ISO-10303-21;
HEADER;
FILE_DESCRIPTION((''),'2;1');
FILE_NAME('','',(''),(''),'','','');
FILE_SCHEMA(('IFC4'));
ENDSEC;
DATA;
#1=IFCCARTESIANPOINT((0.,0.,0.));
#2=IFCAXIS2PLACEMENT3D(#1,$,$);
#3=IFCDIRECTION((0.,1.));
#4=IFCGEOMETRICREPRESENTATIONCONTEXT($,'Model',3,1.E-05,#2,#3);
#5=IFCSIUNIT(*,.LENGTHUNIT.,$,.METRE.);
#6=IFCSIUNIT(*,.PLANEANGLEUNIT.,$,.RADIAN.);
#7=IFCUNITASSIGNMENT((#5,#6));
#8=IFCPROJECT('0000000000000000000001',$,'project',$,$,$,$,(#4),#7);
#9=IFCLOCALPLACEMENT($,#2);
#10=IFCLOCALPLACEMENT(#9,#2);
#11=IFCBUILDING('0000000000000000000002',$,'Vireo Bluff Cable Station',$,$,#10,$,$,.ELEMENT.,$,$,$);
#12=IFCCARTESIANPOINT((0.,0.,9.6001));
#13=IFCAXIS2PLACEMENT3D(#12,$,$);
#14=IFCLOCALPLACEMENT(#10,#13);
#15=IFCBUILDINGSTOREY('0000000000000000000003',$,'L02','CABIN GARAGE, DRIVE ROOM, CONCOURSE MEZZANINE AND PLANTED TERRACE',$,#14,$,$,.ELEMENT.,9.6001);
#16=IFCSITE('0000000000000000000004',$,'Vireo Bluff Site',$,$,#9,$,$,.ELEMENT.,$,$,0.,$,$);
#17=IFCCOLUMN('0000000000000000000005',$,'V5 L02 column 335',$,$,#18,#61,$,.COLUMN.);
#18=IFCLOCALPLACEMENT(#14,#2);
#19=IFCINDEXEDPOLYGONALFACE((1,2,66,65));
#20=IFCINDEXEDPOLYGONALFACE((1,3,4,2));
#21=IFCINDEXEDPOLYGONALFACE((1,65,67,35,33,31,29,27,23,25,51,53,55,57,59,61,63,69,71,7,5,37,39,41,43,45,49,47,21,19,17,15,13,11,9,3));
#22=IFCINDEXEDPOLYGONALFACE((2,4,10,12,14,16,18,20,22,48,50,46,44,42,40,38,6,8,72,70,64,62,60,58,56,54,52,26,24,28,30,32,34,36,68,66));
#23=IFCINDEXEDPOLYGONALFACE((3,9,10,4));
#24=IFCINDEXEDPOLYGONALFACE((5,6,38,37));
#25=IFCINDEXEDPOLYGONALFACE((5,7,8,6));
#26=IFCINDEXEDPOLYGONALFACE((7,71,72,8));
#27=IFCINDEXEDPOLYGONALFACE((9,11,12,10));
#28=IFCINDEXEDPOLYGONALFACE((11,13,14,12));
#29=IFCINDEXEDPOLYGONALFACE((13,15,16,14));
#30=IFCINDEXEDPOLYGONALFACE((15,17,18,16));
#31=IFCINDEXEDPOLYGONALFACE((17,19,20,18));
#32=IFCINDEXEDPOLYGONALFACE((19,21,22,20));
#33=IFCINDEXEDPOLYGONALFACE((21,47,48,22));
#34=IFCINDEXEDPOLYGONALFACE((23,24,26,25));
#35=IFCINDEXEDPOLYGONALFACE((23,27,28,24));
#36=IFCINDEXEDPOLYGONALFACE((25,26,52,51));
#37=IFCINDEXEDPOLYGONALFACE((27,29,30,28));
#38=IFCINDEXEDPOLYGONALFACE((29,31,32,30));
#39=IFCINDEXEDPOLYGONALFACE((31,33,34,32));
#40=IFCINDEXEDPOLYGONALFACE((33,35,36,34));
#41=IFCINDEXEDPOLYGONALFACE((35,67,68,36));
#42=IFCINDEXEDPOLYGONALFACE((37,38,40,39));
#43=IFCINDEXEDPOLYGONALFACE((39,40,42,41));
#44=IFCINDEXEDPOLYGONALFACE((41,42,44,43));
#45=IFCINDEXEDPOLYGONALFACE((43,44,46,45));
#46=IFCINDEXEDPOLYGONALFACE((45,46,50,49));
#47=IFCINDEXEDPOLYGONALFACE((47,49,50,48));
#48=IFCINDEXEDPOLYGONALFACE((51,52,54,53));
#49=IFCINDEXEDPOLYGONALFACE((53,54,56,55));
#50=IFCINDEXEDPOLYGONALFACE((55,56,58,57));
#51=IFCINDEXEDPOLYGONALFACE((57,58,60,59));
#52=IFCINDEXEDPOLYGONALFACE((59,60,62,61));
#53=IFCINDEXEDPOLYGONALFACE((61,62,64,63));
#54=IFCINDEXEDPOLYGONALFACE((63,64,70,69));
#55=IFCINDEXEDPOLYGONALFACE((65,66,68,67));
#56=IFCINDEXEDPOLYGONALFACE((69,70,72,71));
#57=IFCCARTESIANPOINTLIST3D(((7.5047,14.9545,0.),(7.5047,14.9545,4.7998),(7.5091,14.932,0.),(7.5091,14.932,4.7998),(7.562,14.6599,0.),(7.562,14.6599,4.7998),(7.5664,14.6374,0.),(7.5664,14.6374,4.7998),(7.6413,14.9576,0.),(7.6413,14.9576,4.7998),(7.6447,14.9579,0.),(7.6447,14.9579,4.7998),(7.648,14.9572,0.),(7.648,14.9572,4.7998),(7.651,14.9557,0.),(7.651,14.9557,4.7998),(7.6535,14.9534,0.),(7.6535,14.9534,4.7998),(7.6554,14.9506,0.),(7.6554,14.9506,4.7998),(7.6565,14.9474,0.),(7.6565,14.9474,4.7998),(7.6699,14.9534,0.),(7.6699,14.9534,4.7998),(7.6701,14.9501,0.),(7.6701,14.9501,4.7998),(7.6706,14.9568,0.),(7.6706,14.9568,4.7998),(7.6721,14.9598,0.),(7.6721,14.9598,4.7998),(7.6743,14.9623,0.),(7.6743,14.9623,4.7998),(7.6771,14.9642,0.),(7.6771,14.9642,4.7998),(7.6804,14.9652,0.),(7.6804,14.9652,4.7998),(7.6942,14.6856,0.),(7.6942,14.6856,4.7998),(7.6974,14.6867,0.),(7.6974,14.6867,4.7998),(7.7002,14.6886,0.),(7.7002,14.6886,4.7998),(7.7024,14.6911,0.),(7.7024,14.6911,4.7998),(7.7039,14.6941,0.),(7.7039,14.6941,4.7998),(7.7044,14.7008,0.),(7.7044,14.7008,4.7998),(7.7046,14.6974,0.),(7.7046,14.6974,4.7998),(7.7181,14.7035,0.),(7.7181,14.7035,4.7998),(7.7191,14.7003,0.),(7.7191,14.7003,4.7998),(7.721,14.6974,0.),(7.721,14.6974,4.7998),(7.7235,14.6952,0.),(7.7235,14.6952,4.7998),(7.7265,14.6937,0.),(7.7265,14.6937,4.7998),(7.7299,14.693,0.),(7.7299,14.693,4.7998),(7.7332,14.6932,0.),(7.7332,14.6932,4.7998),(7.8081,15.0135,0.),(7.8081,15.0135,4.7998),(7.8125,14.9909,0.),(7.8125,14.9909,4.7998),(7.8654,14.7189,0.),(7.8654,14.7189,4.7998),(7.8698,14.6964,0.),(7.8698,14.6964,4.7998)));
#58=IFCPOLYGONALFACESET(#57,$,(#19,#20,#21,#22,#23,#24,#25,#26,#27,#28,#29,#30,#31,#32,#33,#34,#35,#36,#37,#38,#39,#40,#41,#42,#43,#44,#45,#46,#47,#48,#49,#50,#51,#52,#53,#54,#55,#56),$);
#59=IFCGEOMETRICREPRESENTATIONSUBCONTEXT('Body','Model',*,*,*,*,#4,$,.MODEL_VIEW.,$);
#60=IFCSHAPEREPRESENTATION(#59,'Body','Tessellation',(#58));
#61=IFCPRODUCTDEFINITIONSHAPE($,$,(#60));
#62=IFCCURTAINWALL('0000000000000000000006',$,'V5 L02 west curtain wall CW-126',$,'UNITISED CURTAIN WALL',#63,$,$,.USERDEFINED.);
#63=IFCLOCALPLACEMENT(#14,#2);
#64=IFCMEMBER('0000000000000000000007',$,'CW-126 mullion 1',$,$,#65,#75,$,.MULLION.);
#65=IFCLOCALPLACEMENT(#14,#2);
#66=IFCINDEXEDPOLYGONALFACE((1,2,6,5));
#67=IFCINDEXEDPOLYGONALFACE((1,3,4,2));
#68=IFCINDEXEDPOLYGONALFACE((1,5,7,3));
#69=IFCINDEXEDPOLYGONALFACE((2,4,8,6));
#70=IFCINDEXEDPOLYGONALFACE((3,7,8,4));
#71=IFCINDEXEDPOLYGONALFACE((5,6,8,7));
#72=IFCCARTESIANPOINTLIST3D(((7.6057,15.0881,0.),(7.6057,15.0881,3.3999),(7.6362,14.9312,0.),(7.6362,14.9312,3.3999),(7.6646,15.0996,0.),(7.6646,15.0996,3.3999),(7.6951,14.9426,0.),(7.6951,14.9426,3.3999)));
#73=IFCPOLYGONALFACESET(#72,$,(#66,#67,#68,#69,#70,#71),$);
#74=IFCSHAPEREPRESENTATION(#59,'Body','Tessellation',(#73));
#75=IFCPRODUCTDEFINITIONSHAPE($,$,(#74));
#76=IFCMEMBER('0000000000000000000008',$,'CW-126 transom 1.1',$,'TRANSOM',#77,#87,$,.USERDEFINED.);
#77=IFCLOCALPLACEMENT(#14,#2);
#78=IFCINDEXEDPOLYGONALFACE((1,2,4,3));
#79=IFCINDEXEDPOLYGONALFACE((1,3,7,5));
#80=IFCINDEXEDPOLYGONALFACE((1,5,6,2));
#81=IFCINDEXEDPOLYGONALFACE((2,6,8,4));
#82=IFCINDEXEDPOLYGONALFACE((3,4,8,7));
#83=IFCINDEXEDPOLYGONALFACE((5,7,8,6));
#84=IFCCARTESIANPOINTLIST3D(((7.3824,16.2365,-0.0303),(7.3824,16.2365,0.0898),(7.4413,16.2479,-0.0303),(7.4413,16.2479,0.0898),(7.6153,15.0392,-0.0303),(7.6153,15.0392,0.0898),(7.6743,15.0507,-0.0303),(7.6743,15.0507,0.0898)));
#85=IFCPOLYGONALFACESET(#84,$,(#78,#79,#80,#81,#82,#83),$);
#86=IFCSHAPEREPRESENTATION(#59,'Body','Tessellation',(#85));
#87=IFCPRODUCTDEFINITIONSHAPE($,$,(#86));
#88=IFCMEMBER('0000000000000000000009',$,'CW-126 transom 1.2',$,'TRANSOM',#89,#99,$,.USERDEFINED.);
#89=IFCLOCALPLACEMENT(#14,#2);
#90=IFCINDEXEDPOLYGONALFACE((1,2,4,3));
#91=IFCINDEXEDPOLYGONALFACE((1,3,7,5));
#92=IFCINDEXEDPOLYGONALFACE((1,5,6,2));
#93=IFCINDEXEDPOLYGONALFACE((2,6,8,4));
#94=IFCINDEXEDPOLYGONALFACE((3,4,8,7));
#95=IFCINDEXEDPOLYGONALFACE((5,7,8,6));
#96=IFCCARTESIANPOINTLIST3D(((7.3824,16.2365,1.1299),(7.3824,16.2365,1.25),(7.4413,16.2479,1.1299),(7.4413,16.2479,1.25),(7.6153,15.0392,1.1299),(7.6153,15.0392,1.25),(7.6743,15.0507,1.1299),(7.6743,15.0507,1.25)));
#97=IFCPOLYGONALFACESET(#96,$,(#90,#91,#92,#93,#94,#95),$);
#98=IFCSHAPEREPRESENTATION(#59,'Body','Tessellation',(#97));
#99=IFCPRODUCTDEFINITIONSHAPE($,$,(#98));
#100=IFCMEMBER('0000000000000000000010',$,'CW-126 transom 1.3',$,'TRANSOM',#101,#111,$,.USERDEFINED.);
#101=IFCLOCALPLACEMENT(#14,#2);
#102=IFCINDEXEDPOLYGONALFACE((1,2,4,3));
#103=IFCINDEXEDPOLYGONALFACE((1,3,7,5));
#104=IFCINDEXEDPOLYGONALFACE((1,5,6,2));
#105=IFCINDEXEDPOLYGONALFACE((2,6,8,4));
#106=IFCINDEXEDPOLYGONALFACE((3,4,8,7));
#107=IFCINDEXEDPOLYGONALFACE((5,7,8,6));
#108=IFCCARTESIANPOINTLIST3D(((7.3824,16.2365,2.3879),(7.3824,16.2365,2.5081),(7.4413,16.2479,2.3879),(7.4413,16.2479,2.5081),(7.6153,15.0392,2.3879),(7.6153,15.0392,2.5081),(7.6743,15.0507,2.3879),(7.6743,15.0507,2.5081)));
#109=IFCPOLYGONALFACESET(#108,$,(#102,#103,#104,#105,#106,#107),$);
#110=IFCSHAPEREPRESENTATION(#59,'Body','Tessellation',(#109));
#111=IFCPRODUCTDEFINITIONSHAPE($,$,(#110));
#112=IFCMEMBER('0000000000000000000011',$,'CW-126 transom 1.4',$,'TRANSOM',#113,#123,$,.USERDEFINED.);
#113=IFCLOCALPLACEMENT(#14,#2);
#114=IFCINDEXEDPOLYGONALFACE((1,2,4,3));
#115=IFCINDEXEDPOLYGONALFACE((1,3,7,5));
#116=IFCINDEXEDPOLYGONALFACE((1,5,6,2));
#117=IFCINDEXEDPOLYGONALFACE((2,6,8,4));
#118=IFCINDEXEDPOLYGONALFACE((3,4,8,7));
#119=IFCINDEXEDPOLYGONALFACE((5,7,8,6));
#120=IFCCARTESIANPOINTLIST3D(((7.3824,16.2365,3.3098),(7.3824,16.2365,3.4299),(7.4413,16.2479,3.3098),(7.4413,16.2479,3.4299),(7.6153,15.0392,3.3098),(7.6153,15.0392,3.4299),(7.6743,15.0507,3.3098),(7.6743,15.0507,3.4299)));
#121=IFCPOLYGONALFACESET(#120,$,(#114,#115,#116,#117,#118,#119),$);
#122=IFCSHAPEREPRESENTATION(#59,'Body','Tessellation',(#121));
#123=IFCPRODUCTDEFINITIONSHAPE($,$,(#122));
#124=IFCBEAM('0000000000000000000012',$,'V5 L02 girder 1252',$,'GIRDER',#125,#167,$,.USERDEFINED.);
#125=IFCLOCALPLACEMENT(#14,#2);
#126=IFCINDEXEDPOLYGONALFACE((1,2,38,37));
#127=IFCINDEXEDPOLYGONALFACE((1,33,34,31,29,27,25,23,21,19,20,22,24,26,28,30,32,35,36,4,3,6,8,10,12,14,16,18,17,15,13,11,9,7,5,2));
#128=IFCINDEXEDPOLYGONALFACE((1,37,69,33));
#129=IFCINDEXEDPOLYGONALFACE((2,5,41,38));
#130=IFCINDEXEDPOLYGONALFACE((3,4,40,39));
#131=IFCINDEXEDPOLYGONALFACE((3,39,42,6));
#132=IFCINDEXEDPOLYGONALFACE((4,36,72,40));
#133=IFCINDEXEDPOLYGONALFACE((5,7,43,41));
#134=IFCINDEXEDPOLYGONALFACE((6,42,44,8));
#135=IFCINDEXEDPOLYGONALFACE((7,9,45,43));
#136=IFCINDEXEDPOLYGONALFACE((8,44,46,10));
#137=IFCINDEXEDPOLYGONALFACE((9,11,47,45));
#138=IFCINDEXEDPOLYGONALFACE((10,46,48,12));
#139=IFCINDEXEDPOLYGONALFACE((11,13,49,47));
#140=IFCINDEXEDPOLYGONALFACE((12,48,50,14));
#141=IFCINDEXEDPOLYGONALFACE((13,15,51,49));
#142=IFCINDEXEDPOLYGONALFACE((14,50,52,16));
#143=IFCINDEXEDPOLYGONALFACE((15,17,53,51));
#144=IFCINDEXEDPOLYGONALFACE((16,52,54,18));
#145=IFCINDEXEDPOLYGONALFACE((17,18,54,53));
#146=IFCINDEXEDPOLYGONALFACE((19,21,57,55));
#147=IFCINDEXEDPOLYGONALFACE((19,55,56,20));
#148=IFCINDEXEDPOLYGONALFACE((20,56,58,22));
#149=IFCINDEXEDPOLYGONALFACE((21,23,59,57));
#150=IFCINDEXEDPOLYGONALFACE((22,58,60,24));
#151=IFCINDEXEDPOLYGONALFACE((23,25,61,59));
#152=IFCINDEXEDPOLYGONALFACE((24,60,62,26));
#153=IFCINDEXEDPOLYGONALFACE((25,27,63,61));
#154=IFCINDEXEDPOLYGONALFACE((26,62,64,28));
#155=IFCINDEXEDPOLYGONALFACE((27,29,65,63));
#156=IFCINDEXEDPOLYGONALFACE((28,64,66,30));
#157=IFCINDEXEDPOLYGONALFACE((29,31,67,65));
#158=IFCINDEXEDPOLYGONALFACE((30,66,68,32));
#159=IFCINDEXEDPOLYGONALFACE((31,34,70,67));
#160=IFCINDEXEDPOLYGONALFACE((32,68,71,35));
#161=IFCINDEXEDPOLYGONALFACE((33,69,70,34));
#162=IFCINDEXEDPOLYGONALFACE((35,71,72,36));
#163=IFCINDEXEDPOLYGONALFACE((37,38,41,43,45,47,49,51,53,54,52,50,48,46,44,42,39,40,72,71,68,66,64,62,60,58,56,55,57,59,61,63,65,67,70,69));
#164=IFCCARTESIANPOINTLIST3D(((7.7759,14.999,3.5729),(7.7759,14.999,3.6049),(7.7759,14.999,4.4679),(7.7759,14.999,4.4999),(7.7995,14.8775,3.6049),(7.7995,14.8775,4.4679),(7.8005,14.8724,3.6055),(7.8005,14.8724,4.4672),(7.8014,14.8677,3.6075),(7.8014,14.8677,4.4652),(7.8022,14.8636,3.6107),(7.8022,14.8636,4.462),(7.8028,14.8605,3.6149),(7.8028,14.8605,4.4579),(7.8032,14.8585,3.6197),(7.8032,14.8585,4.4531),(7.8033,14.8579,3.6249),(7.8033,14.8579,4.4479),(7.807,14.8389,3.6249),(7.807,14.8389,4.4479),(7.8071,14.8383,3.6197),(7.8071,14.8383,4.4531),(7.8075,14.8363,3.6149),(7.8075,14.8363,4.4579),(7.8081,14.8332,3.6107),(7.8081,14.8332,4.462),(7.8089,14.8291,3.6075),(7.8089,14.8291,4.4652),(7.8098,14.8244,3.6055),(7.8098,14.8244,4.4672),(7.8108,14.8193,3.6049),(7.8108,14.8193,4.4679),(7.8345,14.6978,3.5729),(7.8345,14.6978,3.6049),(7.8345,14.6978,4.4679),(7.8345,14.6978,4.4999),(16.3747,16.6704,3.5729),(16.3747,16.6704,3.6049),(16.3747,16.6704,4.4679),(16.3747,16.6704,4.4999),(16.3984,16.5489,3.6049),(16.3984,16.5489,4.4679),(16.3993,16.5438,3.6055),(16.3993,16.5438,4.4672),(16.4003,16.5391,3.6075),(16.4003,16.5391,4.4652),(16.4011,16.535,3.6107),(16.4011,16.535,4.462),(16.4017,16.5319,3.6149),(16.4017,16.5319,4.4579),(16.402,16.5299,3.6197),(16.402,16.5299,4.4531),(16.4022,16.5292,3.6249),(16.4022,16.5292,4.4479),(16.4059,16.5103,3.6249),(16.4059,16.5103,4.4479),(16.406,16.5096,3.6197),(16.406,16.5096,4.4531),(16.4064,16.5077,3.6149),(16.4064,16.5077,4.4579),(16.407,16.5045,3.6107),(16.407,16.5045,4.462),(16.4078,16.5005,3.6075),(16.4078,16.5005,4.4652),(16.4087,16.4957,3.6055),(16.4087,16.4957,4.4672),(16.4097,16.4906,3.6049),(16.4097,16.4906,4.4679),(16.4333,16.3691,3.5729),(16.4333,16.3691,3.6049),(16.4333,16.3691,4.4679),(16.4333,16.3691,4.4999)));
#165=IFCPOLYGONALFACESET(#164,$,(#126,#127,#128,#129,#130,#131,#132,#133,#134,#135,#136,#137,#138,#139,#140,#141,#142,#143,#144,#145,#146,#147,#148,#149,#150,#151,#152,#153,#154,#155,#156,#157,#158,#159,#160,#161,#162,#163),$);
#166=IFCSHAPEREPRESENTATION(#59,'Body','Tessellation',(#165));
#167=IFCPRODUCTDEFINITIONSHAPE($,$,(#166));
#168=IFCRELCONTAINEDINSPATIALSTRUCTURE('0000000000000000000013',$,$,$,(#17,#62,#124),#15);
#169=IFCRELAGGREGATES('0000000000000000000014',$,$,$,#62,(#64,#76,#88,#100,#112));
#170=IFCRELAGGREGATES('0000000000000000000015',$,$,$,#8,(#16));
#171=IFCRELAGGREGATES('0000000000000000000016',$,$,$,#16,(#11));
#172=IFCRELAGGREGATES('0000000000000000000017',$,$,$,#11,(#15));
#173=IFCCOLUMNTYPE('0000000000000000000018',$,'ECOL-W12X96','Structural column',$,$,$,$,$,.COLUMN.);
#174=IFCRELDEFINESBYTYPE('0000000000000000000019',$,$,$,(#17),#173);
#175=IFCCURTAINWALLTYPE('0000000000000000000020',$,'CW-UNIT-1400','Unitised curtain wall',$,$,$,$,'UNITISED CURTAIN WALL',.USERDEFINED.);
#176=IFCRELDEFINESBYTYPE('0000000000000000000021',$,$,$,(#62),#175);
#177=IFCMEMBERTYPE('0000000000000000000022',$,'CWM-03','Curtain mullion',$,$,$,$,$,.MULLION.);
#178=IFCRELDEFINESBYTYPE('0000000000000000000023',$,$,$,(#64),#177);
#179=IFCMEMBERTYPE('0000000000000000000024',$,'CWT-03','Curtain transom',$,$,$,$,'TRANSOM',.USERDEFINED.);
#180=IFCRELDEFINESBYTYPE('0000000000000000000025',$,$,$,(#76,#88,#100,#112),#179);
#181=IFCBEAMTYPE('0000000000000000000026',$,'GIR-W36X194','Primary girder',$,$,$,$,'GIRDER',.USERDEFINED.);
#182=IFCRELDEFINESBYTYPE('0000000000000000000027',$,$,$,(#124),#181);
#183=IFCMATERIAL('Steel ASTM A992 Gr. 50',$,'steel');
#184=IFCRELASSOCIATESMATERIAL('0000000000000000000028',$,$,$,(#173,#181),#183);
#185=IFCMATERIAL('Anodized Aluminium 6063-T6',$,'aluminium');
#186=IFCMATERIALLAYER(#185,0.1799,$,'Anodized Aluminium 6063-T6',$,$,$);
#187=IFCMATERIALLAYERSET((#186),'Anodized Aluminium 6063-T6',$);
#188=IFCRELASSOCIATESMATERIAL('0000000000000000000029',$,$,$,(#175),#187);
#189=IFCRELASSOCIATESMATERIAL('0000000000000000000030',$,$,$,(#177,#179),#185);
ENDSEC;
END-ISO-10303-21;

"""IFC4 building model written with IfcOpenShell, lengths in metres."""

from ifc_helpers import new_model, si_unit, direction, frame, origin, origin_2d, place, context, subcontext, project, spatial, rectangle, i_section, extrude, material, layer, layer_set, material_profile, profile_set, type_object, element, aggregate, save


model = new_model("IFC4")

# Units and contexts
model_context = context("Model", 3, precision=1e-05, world=origin(), true_north=direction((0.0, 1.0)))
body_context = subcontext(model_context, "Body", "Model", "MODEL_VIEW")
ifc_project = project(units=[si_unit("LENGTHUNIT", "METRE"), si_unit("PLANEANGLEUNIT", "RADIAN")], contexts=[model_context])

# Site, building, storey
site_placement = place(None, origin())
site = spatial("IfcSite", under=ifc_project, at=site_placement, Name="Vireo Bluff Site", CompositionType="ELEMENT", RefElevation=0.0)
building_placement = place(site_placement, origin())
building = spatial("IfcBuilding", under=site, at=building_placement, Name="Vireo Bluff Cable Station", CompositionType="ELEMENT")
storey_placement = place(building_placement, frame((0.0, 0.0, 9.6001)))
storey = spatial("IfcBuildingStorey", under=building, at=storey_placement, Name="L02", Description="CABIN GARAGE, DRIVE ROOM, CONCOURSE MEZZANINE AND PLANTED TERRACE", CompositionType="ELEMENT", Elevation=9.6001)

# Column
ifc_material_1 = material(Name="Steel ASTM A992 Gr. 50", Category="steel")
ifc_material_profile_1 = material_profile(ifc_material_1, i_section(OverallWidth=0.3091, OverallDepth=0.323, WebThickness=0.0139, FlangeThickness=0.0229, FilletRadius=0.0129, at=origin_2d()), Name="W12X96")
ifc_profile_set_1 = profile_set([ifc_material_profile_1], Name="Steel ASTM A992 Gr. 50")
column_type = type_object("IfcColumnType", Name="ECOL-W12X96", Description="Structural column", PredefinedType="COLUMN", material=ifc_profile_set_1)
column_placement = place(storey_placement, frame((7.6873, 14.8254, 0.0), z_axis=(0.0, 0.0, 1.0), x_axis=(0.981627, 0.190809, 0.0)))
element("IfcColumn", 1, at=column_placement, inside=storey, type_object=column_type, Name="V5 L02 column 335", PredefinedType="COLUMN", context=body_context, shape_type="SweptSolid", body=[
    extrude(i_section(OverallWidth=0.3091, OverallDepth=0.323, WebThickness=0.0139, FlangeThickness=0.0229, FilletRadius=0.0129, at=origin_2d()), origin(), (0.0, 0.0, 1.0), 4.7998),
])

# Curtain wall, members
ifc_material_2 = material(Name="Anodized Aluminium 6063-T6", Category="aluminium")
ifc_layer_1 = layer(ifc_material_2, 0.1799, Name="Anodized Aluminium 6063-T6")
ifc_layer_set_1 = layer_set([ifc_layer_1], Name="Anodized Aluminium 6063-T6")
curtain_wall_type = type_object("IfcCurtainWallType", Name="CW-UNIT-1400", Description="Unitised curtain wall", ElementType="UNITISED CURTAIN WALL", PredefinedType="USERDEFINED", material=ifc_layer_set_1)
curtain_wall_placement = place(storey_placement, origin())
curtain_wall = element("IfcCurtainWall", 2, at=curtain_wall_placement, inside=storey, type_object=curtain_wall_type, Name="V5 L02 west curtain wall CW-126", ObjectType="UNITISED CURTAIN WALL", PredefinedType="USERDEFINED")
ifc_material_profile_2 = material_profile(ifc_material_2, rectangle(XDim=0.0601, YDim=0.1599, at=origin_2d()), Name="ALU-M-60X160")
ifc_profile_set_2 = profile_set([ifc_material_profile_2], Name="Anodized Aluminium 6063-T6")
member_type_1 = type_object("IfcMemberType", Name="CWM-03", Description="Curtain mullion", PredefinedType="MULLION", material=ifc_profile_set_2)
member_1_placement = place(storey_placement, frame((7.6504, 15.0154, 0.0), z_axis=(0.0, 0.0, 1.0), x_axis=(-0.981627, -0.190809, 0.0)))
member_1 = element("IfcMember", 3, at=member_1_placement, type_object=member_type_1, Name="CW-126 mullion 1", PredefinedType="MULLION", context=body_context, shape_type="SweptSolid", body=[
    extrude(rectangle(XDim=0.0601, YDim=0.1599, at=origin_2d()), origin(), (0.0, 0.0, 1.0), 3.3999),
])
ifc_material_profile_3 = material_profile(ifc_material_2, rectangle(XDim=0.0601, YDim=0.1201, at=origin_2d()), Name="ALU-T-60X120")
ifc_profile_set_3 = profile_set([ifc_material_profile_3], Name="Anodized Aluminium 6063-T6")
member_type_2 = type_object("IfcMemberType", Name="CWT-03", Description="Curtain transom", ElementType="TRANSOM", PredefinedType="USERDEFINED", material=ifc_profile_set_3)
member_2_placement = place(storey_placement, frame((7.6448, 15.0449, 0.0298), z_axis=(-0.190955, 0.981599, 0.0), x_axis=(-0.981599, -0.190955, 0.0)))
member_2 = element("IfcMember", 4, at=member_2_placement, type_object=member_type_2, Name="CW-126 transom 1.1", ObjectType="TRANSOM", PredefinedType="USERDEFINED", context=body_context, shape_type="SweptSolid", body=[
    extrude(rectangle(XDim=0.0601, YDim=0.1201, at=origin_2d()), origin(), (0.0, 0.0, 1.0), 1.2197),
])
member_3_placement = place(storey_placement, frame((7.6448, 15.0449, 1.1899), z_axis=(-0.190955, 0.981599, 0.0), x_axis=(-0.981599, -0.190955, 0.0)))
member_3 = element("IfcMember", 5, at=member_3_placement, type_object=member_type_2, Name="CW-126 transom 1.2", ObjectType="TRANSOM", PredefinedType="USERDEFINED", context=body_context, shape_type="SweptSolid", body=[
    extrude(rectangle(XDim=0.0601, YDim=0.1201, at=origin_2d()), origin(), (0.0, 0.0, 1.0), 1.2197),
])
member_4_placement = place(storey_placement, frame((7.6448, 15.0449, 2.448), z_axis=(-0.190955, 0.981599, 0.0), x_axis=(-0.981599, -0.190955, 0.0)))
member_4 = element("IfcMember", 6, at=member_4_placement, type_object=member_type_2, Name="CW-126 transom 1.3", ObjectType="TRANSOM", PredefinedType="USERDEFINED", context=body_context, shape_type="SweptSolid", body=[
    extrude(rectangle(XDim=0.0601, YDim=0.1201, at=origin_2d()), origin(), (0.0, 0.0, 1.0), 1.2197),
])
member_5_placement = place(storey_placement, frame((7.6448, 15.0449, 3.3699), z_axis=(-0.190955, 0.981599, 0.0), x_axis=(-0.981599, -0.190955, 0.0)))
member_5 = element("IfcMember", 7, at=member_5_placement, type_object=member_type_2, Name="CW-126 transom 1.4", ObjectType="TRANSOM", PredefinedType="USERDEFINED", context=body_context, shape_type="SweptSolid", body=[
    extrude(rectangle(XDim=0.0601, YDim=0.1201, at=origin_2d()), origin(), (0.0, 0.0, 1.0), 1.2197),
])

# Beam
ifc_material_profile_4 = material_profile(ifc_material_1, i_section(OverallWidth=0.3069, OverallDepth=0.927, WebThickness=0.0193, FlangeThickness=0.032, FilletRadius=0.02, at=origin_2d()), Name="W36X194")
ifc_profile_set_4 = profile_set([ifc_material_profile_4], Name="Steel ASTM A992 Gr. 50")
beam_type_1 = type_object("IfcBeamType", Name="GIR-W36X194", Description="Primary girder", ElementType="GIRDER", PredefinedType="USERDEFINED", material=ifc_profile_set_4)
beam_1_placement = place(storey_placement, frame((7.8052, 14.8484, 4.0364), z_axis=(0.981629, 0.190802, 0.0), x_axis=(-0.190802, 0.981629, 0.0)))
element("IfcBeam", 8, at=beam_1_placement, inside=storey, type_object=beam_type_1, Name="V5 L02 girder 1252", ObjectType="GIRDER", PredefinedType="USERDEFINED", context=body_context, shape_type="SweptSolid", body=[
    extrude(i_section(OverallWidth=0.3069, OverallDepth=0.927, WebThickness=0.0193, FlangeThickness=0.032, FilletRadius=0.02, at=origin_2d()), origin(), (0.0, 0.0, 1.0), 8.7598),
])

aggregate(curtain_wall, [member_1, member_2, member_3, member_4, member_5])

save(model, "model.ifc")
